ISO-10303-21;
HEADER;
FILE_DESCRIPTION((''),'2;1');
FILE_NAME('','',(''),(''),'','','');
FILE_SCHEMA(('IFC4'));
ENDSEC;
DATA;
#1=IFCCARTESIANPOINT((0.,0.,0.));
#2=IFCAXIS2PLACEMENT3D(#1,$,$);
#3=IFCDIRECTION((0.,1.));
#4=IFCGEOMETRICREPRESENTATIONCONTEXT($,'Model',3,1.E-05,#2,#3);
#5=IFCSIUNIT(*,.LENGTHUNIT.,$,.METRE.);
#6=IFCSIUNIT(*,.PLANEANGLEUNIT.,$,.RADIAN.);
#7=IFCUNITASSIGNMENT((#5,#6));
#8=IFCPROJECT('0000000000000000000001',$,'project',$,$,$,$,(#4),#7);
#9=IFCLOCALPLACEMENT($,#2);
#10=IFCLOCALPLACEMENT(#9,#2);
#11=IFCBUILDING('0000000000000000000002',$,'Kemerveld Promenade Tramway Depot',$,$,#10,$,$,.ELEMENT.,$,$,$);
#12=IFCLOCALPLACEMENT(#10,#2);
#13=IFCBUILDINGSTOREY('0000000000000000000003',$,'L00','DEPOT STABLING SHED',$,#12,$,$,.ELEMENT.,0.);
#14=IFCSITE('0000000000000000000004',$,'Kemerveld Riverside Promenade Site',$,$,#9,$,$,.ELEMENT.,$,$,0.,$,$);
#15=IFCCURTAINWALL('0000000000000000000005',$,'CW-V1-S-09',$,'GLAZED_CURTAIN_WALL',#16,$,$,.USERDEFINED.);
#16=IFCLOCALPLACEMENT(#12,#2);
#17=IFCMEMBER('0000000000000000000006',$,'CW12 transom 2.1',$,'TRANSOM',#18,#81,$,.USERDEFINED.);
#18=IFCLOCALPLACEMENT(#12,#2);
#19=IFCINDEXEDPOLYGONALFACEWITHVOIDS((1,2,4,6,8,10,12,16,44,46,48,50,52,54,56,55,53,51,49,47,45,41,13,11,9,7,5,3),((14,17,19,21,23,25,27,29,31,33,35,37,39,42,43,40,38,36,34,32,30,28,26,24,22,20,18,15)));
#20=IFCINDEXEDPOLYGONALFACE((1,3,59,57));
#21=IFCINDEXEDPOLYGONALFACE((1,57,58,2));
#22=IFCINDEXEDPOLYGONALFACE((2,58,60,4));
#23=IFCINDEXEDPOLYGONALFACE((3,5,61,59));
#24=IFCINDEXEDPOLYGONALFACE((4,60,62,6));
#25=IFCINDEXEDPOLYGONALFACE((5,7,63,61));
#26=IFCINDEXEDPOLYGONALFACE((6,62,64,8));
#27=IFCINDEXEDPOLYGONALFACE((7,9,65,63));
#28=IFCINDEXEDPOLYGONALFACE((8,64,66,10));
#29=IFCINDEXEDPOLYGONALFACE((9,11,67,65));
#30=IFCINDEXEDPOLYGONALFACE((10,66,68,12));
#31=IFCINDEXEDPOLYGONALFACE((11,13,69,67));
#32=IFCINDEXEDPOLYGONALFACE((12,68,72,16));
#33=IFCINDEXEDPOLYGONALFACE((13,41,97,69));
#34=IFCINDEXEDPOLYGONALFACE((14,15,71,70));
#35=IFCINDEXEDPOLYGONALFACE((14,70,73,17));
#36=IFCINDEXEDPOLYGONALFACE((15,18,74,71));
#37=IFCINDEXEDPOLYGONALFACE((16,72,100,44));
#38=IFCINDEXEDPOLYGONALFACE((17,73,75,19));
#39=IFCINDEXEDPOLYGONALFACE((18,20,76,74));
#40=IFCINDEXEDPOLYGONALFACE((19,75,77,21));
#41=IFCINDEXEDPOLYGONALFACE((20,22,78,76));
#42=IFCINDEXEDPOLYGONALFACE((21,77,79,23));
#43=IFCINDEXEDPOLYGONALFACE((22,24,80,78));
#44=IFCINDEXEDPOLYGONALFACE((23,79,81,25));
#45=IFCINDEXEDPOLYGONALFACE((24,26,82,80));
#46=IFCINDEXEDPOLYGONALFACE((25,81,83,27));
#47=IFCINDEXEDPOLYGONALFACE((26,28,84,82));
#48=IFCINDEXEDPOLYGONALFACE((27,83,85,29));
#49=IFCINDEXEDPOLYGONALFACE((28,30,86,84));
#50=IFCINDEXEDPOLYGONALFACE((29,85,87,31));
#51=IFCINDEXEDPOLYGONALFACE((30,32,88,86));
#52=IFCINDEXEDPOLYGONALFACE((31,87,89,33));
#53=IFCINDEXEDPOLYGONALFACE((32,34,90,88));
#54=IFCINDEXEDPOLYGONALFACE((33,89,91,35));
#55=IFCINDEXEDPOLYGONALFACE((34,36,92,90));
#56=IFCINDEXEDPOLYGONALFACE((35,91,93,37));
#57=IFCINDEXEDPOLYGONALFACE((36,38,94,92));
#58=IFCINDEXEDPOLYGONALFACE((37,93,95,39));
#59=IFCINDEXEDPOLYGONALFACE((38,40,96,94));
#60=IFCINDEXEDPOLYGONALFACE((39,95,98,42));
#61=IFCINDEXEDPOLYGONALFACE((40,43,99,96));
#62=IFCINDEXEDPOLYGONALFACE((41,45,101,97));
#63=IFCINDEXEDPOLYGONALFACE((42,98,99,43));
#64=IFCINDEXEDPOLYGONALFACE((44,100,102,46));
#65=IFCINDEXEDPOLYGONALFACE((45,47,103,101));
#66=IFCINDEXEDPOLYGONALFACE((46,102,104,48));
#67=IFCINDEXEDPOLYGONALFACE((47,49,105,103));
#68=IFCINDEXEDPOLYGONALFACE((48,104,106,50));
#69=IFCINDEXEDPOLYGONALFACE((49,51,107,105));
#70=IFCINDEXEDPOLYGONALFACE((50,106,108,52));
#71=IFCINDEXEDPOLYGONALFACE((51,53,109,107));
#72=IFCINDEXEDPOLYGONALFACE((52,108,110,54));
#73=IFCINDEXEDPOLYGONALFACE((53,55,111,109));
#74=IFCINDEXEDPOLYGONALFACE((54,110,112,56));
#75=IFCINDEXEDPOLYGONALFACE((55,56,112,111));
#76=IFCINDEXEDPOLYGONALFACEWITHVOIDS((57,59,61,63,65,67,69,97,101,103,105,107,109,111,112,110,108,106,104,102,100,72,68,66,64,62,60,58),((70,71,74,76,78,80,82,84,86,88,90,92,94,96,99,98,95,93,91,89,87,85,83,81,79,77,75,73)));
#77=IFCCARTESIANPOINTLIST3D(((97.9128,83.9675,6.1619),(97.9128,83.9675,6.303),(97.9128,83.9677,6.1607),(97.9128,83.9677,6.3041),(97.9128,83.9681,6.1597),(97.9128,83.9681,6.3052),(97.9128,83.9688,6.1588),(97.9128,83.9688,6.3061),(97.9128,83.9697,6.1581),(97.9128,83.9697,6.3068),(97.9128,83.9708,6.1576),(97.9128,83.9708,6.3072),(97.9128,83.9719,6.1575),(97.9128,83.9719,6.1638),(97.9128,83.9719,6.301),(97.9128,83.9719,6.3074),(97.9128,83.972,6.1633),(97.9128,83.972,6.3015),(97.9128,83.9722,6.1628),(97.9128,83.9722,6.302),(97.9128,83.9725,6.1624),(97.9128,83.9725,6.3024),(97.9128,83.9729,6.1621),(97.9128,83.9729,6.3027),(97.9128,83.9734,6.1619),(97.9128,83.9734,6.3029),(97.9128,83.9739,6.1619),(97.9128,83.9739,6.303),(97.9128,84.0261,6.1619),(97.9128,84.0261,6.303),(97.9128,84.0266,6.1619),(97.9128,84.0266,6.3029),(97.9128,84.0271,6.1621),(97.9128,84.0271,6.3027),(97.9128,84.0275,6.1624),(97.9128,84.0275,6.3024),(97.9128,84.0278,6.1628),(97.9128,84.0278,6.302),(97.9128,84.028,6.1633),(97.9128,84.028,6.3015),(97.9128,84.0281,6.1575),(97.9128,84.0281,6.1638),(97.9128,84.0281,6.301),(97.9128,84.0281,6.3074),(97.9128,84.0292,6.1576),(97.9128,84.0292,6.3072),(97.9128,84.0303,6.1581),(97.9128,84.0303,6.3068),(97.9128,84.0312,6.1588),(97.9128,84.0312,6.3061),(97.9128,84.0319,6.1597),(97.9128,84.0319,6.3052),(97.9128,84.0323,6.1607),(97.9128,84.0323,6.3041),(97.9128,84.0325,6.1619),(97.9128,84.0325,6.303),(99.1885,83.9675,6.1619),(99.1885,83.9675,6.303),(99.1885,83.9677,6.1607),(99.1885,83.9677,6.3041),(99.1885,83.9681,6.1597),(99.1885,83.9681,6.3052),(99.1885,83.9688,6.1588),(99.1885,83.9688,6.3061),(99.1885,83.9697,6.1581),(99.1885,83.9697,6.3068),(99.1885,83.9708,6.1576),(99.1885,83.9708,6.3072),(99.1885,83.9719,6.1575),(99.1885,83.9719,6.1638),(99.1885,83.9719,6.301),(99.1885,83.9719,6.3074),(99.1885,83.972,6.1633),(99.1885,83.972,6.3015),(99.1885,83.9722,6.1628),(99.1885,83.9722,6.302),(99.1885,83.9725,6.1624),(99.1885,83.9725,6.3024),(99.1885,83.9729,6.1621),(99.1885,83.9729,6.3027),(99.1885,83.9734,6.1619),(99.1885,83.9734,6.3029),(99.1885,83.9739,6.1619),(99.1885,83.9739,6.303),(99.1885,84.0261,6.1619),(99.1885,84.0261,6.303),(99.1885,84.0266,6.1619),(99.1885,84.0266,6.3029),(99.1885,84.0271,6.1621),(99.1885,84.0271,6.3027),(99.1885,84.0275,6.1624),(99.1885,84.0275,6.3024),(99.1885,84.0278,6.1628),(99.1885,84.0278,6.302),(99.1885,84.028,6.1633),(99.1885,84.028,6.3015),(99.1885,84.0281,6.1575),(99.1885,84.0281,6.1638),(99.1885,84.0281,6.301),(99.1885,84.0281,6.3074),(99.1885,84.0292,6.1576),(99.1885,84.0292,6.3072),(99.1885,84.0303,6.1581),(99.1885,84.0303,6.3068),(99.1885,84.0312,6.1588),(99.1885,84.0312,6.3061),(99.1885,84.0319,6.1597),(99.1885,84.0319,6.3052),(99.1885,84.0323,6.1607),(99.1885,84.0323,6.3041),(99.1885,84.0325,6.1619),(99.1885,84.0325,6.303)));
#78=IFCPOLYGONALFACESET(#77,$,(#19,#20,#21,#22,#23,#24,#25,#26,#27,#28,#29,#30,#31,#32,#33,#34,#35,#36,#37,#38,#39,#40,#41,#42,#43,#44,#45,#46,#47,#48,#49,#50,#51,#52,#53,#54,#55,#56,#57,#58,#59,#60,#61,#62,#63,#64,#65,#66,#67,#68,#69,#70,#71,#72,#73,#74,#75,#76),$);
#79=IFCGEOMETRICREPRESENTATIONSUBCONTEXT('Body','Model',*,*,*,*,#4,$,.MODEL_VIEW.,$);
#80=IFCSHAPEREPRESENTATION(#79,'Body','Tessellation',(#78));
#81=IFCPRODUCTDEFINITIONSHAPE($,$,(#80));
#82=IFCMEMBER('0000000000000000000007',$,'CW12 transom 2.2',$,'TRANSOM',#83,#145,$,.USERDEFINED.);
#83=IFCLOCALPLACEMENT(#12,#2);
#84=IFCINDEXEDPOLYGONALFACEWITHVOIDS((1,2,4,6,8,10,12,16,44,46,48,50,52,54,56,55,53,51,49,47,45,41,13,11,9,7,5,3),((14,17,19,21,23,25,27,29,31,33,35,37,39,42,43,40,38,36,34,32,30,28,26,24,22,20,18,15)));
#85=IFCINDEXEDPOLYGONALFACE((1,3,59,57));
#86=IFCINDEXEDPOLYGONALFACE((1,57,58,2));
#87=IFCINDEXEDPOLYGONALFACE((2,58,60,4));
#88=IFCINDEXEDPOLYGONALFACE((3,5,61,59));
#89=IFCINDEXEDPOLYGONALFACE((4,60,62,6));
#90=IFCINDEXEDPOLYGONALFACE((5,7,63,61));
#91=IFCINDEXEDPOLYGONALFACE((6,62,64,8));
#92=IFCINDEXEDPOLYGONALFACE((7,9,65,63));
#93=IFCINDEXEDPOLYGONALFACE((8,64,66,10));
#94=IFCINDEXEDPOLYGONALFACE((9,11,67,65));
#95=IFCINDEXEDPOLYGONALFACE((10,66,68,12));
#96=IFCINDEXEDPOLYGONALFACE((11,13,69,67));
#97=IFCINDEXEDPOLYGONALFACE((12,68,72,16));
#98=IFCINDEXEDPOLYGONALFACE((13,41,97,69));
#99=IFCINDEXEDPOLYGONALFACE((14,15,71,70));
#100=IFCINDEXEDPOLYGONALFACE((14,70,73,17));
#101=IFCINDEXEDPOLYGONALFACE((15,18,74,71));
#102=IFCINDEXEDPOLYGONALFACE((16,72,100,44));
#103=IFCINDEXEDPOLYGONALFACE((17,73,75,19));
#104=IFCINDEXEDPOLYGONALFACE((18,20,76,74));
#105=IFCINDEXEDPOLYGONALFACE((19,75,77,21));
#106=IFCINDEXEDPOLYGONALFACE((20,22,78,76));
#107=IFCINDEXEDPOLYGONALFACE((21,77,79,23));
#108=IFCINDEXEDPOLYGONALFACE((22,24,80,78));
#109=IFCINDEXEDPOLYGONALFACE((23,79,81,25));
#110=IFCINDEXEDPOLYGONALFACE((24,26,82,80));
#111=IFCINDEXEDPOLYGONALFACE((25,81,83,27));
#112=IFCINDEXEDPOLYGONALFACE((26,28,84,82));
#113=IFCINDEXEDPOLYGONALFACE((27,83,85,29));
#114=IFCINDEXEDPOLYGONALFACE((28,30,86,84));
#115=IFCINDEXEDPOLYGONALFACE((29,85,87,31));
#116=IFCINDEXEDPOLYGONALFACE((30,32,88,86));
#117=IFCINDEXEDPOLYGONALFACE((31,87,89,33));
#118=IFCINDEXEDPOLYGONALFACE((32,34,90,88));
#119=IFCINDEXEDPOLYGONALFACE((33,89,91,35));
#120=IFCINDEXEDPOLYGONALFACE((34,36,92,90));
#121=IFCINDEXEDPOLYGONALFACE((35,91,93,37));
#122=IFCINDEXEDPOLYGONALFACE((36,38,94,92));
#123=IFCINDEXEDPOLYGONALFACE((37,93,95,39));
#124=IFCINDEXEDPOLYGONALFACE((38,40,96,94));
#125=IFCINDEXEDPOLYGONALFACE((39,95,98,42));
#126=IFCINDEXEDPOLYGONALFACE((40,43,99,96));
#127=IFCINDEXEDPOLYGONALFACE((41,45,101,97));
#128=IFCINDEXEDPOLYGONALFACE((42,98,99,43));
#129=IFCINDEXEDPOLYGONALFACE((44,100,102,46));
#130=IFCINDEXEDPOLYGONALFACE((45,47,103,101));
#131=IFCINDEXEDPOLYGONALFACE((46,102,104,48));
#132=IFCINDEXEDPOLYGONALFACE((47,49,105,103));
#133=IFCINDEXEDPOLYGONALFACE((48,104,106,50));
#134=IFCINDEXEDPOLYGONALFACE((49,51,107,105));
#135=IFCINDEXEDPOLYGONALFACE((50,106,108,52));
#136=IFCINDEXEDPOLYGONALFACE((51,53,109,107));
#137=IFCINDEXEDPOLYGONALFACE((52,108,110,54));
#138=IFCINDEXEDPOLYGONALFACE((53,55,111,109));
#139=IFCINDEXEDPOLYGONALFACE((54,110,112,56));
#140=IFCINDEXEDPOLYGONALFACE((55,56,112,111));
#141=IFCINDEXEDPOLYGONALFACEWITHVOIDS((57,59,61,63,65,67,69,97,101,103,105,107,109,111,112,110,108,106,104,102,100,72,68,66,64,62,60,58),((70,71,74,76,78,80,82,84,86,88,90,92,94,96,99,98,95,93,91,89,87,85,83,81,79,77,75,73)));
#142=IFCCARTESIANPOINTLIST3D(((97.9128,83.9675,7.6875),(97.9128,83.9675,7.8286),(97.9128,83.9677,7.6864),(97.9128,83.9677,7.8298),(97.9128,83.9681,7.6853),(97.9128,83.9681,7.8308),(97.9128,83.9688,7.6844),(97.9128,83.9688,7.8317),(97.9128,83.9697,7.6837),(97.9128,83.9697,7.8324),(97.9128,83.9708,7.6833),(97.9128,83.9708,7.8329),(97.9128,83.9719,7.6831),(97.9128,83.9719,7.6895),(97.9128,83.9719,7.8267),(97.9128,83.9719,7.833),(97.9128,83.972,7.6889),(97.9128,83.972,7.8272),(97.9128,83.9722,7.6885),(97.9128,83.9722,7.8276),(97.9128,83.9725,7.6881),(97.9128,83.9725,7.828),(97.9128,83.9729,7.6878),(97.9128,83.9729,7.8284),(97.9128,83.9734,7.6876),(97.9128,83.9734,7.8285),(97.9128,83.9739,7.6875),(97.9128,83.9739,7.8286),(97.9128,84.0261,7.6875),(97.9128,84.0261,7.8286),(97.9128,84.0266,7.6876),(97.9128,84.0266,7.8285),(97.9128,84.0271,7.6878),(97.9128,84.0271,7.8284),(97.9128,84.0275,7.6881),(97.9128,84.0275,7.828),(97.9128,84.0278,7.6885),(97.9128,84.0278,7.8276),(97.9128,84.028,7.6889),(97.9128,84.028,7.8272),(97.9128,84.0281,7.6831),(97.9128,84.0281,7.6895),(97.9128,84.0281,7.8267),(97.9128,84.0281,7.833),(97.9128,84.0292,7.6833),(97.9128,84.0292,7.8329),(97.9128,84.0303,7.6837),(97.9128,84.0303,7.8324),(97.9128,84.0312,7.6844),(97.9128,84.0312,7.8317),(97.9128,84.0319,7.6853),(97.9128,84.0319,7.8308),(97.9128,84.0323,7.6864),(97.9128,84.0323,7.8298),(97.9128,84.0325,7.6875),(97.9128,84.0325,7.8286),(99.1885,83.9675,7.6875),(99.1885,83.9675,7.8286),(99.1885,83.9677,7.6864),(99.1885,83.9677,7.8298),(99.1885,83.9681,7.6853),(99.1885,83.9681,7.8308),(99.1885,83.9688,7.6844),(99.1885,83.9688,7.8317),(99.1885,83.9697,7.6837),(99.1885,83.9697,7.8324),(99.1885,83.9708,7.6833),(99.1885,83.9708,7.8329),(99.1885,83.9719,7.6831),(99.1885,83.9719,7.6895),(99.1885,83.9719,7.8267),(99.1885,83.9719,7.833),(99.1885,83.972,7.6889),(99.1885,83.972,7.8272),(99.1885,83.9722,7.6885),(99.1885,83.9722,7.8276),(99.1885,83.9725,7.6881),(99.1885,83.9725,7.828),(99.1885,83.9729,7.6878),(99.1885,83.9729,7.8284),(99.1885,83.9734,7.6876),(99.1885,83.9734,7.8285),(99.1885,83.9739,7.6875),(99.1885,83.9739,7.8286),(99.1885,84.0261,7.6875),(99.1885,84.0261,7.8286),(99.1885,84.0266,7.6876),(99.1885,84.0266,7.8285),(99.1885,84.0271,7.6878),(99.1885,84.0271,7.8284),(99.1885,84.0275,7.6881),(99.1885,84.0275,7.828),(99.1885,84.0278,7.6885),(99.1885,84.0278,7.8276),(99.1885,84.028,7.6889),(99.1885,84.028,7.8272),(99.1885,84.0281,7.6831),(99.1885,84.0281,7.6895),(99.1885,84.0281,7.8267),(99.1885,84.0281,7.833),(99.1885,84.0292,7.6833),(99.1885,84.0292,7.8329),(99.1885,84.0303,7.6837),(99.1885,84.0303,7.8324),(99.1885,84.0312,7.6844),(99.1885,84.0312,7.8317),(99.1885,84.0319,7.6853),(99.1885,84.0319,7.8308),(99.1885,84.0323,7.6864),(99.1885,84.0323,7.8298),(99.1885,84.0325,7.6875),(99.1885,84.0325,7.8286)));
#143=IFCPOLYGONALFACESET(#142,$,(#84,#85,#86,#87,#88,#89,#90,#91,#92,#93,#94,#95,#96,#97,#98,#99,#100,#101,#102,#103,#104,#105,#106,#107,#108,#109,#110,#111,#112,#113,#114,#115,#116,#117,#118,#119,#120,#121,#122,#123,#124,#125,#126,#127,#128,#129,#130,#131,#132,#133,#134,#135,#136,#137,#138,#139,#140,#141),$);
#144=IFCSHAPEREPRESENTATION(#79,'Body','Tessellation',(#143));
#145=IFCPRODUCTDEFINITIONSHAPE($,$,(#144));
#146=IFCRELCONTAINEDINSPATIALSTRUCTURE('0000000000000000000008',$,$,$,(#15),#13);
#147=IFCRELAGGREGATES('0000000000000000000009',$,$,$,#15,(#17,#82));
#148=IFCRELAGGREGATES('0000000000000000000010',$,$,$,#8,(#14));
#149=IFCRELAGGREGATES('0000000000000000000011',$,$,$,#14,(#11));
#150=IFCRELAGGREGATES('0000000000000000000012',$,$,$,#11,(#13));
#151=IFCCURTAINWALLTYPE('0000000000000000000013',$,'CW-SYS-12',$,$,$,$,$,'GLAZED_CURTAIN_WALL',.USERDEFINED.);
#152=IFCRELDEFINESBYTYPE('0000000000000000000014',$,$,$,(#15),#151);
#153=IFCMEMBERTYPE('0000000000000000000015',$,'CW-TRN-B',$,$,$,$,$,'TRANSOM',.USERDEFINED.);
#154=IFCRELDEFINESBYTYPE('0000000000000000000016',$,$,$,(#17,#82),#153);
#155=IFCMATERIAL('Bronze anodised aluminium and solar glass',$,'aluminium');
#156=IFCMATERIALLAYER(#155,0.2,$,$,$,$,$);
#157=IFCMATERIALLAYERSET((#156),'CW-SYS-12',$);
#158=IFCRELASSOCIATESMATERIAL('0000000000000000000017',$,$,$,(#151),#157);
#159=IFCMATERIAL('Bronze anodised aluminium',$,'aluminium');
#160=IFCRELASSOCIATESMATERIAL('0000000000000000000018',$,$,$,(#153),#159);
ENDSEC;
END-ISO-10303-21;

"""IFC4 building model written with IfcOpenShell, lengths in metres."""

from ifc_helpers import new_model, si_unit, direction, frame, origin, origin_2d, place, context, subcontext, project, spatial, hollow_rectangle, extrude, material, layer, layer_set, material_profile, profile_set, type_object, element, aggregate, save


model = new_model("IFC4")

# Units and contexts
model_context = context("Model", 3, precision=1e-05, world=origin(), true_north=direction((0.0, 1.0)))
body_context = subcontext(model_context, "Body", "Model", "MODEL_VIEW")
ifc_project = project(units=[si_unit("LENGTHUNIT", "METRE"), si_unit("PLANEANGLEUNIT", "RADIAN")], contexts=[model_context])

# Site, building, storey
site_placement = place(None, origin())
site = spatial("IfcSite", under=ifc_project, at=site_placement, Name="Kemerveld Riverside Promenade Site", CompositionType="ELEMENT", RefElevation=0.0)
building_placement = place(site_placement, origin())
building = spatial("IfcBuilding", under=site, at=building_placement, Name="Kemerveld Promenade Tramway Depot", CompositionType="ELEMENT")
storey_placement = place(building_placement, origin())
storey = spatial("IfcBuildingStorey", under=building, at=storey_placement, Name="L00", Description="DEPOT STABLING SHED", CompositionType="ELEMENT", Elevation=0.0)

# Curtain wall, members
ifc_material_1 = material(Name="Bronze anodised aluminium and solar glass", Category="aluminium")
ifc_layer_1 = layer(ifc_material_1, 0.2)
ifc_layer_set_1 = layer_set([ifc_layer_1], Name="CW-SYS-12")
curtain_wall_type = type_object("IfcCurtainWallType", Name="CW-SYS-12", ElementType="GLAZED_CURTAIN_WALL", PredefinedType="USERDEFINED", material=ifc_layer_set_1)
curtain_wall_placement = place(storey_placement, origin())
curtain_wall = element("IfcCurtainWall", 1, at=curtain_wall_placement, inside=storey, type_object=curtain_wall_type, Name="CW-V1-S-09", ObjectType="GLAZED_CURTAIN_WALL", PredefinedType="USERDEFINED")
ifc_material_2 = material(Name="Bronze anodised aluminium", Category="aluminium")
ifc_material_profile_1 = material_profile(ifc_material_2, hollow_rectangle(XDim=0.0649, YDim=0.1499, WallThickness=0.0044, InnerFilletRadius=0.002, OuterFilletRadius=0.0044, at=origin_2d()), Name="CW-TRN-150x65")
ifc_profile_set_1 = profile_set([ifc_material_profile_1], Name="Bronze anodised aluminium")
member_type_1 = type_object("IfcMemberType", Name="CW-TRN-B", ElementType="TRANSOM", PredefinedType="USERDEFINED", material=ifc_profile_set_1)
member_1_placement = place(storey_placement, frame((99.1885, 84.0, 6.2324), z_axis=(-1.0, 0.0, 0.0), x_axis=(0.0, -1.0, 0.0)))
member_1 = element("IfcMember", 2, at=member_1_placement, type_object=member_type_1, Name="CW12 transom 2.1", ObjectType="TRANSOM", PredefinedType="USERDEFINED", context=body_context, shape_type="SweptSolid", body=[
    extrude(hollow_rectangle(XDim=0.0649, YDim=0.1499, WallThickness=0.0044, InnerFilletRadius=0.002, OuterFilletRadius=0.0044, at=origin_2d()), origin(), (0.0, 0.0, 1.0), 1.2756),
])
member_2_placement = place(storey_placement, frame((99.1885, 84.0, 7.7581), z_axis=(-1.0, 0.0, 0.0), x_axis=(0.0, -1.0, 0.0)))
member_2 = element("IfcMember", 3, at=member_2_placement, type_object=member_type_1, Name="CW12 transom 2.2", ObjectType="TRANSOM", PredefinedType="USERDEFINED", context=body_context, shape_type="SweptSolid", body=[
    extrude(hollow_rectangle(XDim=0.0649, YDim=0.1499, WallThickness=0.0044, InnerFilletRadius=0.002, OuterFilletRadius=0.0044, at=origin_2d()), origin(), (0.0, 0.0, 1.0), 1.2756),
])
aggregate(curtain_wall, [member_1, member_2])

save(model, "model.ifc")
